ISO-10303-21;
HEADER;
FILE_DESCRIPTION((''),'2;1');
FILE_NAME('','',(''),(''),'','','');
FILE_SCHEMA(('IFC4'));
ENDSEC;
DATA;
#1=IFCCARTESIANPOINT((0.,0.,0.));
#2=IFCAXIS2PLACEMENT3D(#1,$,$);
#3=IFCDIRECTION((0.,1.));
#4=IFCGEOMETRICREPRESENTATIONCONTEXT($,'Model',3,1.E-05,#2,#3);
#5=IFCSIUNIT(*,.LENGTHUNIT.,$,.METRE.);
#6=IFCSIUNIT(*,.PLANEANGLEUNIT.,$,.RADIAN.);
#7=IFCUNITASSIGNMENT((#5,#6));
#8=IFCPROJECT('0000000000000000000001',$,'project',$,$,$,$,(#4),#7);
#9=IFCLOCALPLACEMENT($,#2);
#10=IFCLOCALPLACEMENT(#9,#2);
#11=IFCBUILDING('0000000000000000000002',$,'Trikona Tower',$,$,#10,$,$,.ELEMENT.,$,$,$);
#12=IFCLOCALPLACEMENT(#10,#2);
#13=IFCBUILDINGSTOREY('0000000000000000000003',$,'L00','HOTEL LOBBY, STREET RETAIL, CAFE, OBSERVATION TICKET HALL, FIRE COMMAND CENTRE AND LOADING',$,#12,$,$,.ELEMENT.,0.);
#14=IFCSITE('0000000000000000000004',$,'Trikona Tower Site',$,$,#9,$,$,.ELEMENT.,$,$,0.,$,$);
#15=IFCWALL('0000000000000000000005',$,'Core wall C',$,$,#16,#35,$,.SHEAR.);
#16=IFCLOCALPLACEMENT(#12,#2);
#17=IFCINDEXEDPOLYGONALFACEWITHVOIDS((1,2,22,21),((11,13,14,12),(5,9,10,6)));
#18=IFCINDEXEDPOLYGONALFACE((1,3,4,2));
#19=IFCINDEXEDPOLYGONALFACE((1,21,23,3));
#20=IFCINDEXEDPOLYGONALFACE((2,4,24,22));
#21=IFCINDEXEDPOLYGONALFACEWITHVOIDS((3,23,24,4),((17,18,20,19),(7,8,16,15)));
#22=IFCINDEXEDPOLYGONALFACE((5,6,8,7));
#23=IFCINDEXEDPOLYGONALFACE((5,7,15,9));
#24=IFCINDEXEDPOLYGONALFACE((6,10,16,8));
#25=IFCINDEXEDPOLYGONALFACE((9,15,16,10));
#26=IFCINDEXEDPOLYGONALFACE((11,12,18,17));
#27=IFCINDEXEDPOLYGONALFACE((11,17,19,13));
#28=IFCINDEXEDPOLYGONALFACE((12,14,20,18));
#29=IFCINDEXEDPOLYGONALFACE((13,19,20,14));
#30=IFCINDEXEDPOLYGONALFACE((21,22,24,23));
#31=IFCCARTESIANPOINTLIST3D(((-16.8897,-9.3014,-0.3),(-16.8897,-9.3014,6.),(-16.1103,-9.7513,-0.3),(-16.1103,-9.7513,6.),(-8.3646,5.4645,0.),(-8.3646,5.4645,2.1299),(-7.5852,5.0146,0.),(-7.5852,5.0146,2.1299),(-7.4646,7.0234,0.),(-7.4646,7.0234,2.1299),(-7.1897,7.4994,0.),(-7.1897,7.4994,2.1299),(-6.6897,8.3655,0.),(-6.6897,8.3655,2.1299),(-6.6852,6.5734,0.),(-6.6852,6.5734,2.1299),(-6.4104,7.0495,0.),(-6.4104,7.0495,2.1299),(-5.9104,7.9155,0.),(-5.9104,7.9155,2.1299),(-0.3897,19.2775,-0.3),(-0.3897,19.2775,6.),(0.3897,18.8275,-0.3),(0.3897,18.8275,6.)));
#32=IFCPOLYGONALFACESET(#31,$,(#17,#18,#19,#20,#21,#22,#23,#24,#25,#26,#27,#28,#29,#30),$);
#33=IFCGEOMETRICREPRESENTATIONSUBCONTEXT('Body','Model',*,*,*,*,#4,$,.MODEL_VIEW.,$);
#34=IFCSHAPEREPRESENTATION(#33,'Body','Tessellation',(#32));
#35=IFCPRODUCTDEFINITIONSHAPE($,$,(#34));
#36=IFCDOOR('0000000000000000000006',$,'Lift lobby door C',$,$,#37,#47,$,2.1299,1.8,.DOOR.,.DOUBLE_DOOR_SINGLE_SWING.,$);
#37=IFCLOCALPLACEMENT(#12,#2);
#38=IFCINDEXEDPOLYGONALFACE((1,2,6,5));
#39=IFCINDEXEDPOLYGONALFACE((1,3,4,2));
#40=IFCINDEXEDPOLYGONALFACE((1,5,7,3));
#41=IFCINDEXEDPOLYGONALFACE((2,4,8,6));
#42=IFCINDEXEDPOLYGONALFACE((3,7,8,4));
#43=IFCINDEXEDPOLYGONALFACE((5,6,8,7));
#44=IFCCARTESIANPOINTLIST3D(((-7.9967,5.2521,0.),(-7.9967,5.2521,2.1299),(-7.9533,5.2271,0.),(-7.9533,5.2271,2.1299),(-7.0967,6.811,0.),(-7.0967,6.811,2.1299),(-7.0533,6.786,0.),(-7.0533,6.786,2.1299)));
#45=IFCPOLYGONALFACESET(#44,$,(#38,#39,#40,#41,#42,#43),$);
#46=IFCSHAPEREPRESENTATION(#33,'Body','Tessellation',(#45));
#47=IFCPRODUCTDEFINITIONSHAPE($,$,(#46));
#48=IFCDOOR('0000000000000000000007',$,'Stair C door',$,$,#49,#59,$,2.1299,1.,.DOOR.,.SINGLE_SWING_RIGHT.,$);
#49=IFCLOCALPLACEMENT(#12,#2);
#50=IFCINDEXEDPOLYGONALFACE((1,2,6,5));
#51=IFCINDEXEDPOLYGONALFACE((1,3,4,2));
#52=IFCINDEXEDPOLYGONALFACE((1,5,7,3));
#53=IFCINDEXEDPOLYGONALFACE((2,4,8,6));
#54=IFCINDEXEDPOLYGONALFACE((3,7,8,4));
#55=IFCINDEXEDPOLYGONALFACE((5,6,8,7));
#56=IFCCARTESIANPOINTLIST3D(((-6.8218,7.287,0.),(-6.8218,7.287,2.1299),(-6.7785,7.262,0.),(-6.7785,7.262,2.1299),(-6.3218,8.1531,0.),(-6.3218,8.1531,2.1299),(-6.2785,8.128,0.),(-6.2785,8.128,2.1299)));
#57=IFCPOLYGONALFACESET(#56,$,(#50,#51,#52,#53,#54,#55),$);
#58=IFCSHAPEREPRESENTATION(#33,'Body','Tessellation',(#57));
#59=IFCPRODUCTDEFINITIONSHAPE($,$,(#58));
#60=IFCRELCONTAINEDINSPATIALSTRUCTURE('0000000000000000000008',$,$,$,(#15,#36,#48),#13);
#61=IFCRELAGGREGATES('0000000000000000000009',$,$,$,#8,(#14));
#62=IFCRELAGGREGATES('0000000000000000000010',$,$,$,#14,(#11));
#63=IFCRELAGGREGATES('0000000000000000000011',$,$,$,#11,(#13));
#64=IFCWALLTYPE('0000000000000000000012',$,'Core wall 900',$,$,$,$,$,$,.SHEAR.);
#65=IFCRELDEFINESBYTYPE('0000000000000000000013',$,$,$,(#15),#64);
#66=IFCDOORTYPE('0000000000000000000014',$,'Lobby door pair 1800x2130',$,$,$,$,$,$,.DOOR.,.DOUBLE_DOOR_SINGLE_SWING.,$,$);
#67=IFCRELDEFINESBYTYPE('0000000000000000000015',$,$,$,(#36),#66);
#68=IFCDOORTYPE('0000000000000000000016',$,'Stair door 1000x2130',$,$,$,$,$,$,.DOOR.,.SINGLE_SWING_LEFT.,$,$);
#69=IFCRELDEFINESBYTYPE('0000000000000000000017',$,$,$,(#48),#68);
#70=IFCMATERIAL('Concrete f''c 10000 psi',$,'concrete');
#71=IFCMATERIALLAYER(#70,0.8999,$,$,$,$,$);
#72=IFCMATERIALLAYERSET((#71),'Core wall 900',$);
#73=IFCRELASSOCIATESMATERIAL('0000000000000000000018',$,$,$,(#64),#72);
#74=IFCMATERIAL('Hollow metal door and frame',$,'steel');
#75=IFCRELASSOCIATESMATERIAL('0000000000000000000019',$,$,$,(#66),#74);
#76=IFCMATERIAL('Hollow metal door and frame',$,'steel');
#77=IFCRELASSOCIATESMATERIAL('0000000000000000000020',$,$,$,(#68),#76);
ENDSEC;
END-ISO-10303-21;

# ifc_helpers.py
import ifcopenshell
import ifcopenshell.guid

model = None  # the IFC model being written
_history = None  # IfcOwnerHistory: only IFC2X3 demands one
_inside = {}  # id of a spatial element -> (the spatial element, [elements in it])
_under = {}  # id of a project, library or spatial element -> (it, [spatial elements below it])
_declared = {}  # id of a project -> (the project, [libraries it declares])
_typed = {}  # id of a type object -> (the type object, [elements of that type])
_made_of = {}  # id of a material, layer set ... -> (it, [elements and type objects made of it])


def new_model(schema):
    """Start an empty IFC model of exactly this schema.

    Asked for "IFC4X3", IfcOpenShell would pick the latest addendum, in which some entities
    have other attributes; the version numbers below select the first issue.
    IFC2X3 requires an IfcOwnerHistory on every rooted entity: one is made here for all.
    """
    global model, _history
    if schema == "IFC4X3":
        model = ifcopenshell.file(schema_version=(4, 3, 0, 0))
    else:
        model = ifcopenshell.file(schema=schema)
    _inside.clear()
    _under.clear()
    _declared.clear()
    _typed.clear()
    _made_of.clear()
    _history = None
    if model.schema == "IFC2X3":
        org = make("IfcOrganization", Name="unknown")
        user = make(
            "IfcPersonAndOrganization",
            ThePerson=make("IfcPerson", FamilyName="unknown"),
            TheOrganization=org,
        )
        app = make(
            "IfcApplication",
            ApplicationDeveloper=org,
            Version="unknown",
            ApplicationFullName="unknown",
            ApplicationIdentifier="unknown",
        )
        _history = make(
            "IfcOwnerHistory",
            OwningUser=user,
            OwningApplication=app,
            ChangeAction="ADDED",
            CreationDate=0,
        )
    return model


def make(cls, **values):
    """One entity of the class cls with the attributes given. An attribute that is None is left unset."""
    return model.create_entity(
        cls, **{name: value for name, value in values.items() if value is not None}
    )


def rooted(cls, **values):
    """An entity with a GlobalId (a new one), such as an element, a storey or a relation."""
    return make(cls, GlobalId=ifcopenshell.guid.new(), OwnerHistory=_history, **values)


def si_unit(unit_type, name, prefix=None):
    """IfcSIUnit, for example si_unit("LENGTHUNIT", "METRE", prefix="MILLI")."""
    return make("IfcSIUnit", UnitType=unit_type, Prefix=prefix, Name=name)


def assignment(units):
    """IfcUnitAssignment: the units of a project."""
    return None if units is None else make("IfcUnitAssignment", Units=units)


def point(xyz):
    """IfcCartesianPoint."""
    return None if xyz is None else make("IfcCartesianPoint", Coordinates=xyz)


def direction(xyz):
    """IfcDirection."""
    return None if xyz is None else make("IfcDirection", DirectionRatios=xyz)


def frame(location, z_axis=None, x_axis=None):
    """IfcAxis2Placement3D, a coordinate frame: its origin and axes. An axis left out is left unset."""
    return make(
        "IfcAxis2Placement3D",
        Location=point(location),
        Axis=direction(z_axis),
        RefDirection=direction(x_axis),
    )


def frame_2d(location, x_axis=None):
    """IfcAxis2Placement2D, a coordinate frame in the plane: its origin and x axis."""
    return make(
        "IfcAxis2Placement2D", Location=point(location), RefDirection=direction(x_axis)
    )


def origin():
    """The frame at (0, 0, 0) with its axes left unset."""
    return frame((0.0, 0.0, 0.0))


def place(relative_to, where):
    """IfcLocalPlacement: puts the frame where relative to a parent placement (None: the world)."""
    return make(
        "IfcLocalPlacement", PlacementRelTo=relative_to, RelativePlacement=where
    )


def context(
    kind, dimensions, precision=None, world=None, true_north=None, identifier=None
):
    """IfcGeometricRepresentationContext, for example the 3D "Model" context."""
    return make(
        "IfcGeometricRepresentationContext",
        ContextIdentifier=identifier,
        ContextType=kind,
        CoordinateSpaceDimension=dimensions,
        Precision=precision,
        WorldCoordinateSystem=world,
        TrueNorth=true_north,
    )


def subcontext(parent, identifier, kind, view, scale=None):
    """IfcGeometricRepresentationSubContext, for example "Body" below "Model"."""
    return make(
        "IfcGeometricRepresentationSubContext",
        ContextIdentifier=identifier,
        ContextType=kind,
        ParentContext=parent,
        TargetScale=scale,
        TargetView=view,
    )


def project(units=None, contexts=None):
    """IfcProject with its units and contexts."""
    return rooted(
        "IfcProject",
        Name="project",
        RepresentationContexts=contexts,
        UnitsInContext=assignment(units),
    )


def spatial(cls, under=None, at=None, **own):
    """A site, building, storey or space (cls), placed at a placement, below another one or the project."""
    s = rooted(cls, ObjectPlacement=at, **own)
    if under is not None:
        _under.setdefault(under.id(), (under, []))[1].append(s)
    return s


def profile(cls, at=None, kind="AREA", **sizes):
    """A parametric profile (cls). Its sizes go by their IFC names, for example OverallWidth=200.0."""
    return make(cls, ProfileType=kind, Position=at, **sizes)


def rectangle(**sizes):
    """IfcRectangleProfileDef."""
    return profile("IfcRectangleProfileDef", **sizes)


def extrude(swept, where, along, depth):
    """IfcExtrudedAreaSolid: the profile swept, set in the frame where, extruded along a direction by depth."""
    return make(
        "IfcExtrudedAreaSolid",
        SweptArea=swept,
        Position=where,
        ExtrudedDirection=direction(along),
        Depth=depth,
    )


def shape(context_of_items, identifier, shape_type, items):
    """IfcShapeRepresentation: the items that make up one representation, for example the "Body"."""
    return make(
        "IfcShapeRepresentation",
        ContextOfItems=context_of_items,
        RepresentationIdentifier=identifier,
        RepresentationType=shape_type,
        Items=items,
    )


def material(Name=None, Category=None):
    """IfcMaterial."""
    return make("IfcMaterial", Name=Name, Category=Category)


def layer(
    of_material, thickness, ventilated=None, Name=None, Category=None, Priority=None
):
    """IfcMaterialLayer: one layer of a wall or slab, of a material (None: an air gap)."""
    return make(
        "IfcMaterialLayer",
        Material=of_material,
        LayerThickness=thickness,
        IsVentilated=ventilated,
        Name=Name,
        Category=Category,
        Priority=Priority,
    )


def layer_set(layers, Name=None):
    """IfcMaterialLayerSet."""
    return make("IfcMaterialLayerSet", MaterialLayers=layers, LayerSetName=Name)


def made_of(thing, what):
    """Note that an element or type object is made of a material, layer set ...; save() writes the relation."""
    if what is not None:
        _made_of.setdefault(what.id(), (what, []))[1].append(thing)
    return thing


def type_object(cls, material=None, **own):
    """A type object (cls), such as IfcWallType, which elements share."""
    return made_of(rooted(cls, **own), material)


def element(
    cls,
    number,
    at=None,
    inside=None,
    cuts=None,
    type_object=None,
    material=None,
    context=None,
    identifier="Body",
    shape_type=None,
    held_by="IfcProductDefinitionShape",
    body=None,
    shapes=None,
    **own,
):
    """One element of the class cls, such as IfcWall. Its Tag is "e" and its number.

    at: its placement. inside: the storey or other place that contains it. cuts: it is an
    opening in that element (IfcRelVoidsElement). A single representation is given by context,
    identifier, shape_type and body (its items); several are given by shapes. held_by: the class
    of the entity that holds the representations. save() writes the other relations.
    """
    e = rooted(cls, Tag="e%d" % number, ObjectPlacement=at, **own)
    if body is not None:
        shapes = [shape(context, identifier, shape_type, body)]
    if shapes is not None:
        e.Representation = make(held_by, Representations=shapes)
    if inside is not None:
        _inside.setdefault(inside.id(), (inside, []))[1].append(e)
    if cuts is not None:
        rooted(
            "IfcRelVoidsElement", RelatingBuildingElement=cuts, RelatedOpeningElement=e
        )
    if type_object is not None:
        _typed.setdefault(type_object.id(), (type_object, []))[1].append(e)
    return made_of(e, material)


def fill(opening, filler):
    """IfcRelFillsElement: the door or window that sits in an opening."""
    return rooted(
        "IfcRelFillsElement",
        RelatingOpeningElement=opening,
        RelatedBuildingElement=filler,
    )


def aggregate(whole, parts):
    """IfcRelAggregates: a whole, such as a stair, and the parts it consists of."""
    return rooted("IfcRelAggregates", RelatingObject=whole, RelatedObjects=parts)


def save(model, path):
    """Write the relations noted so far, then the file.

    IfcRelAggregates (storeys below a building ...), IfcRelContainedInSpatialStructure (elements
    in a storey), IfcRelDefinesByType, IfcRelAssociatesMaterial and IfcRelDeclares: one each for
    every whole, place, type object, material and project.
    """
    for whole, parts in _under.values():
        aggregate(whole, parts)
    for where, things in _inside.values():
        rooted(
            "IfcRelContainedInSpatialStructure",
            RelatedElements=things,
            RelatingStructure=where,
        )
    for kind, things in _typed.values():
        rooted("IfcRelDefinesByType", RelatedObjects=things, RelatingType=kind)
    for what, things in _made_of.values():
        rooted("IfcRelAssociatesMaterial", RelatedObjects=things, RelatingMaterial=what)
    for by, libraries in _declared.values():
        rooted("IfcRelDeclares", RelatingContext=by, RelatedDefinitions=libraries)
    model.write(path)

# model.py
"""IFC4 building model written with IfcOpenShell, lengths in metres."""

from ifc_helpers import new_model, si_unit, direction, frame, frame_2d, origin, place, context, subcontext, project, spatial, rectangle, extrude, material, layer, layer_set, type_object, element, fill, save


model = new_model("IFC4")

# Units and contexts
model_context = context("Model", 3, precision=1e-05, world=origin(), true_north=direction((0.0, 1.0)))
body_context = subcontext(model_context, "Body", "Model", "MODEL_VIEW")
ifc_project = project(units=[si_unit("LENGTHUNIT", "METRE"), si_unit("PLANEANGLEUNIT", "RADIAN")], contexts=[model_context])

# Site, building, storey
site_placement = place(None, origin())
site = spatial("IfcSite", under=ifc_project, at=site_placement, Name="Trikona Tower Site", CompositionType="ELEMENT", RefElevation=0.0)
building_placement = place(site_placement, origin())
building = spatial("IfcBuilding", under=site, at=building_placement, Name="Trikona Tower", CompositionType="ELEMENT")
storey_placement = place(building_placement, origin())
storey = spatial("IfcBuildingStorey", under=building, at=storey_placement, Name="L00", Description="HOTEL LOBBY, STREET RETAIL, CAFE, OBSERVATION TICKET HALL, FIRE COMMAND CENTRE AND LOADING", CompositionType="ELEMENT", Elevation=0.0)

# Wall, openings, doors
ifc_material_1 = material(Name="Concrete f'c 10000 psi", Category="concrete")
ifc_layer_1 = layer(ifc_material_1, 0.8999)
ifc_layer_set_1 = layer_set([ifc_layer_1], Name="Core wall 900")
wall_type_1 = type_object("IfcWallType", Name="Core wall 900", PredefinedType="SHEAR", material=ifc_layer_set_1)
wall_1_placement = place(storey_placement, frame((0.0, 19.0525, -0.3), z_axis=(0.0, 0.0, 1.0), x_axis=(-0.5, -0.866026, 0.0)))
wall_1 = element("IfcWall", 1, at=wall_1_placement, inside=storey, type_object=wall_type_1, Name="Core wall C", PredefinedType="SHEAR", context=body_context, shape_type="SweptSolid", body=[
    extrude(rectangle(XDim=33.0, YDim=0.8999, at=frame_2d((16.5, 0.0))), origin(), (0.0, 0.0, 1.0), 6.3),
])
opening_1_placement = place(wall_1_placement, frame((14.1499, 0.0, 0.3)))
opening_1 = element("IfcOpeningElement", 2, at=opening_1_placement, cuts=wall_1, PredefinedType="OPENING", context=body_context, shape_type="SweptSolid", body=[
    extrude(rectangle(XDim=1.8, YDim=2.1299, at=frame_2d((0.8999, 1.0649))), frame((0.0, 0.46, 0.0), z_axis=(0.0, -1.0, 0.0), x_axis=(1.0, 0.0, 0.0)), (0.0, 0.0, 1.0), 0.9199),
])
opening_2_placement = place(wall_1_placement, frame((12.6001, 0.0, 0.3)))
opening_2 = element("IfcOpeningElement", 3, at=opening_2_placement, cuts=wall_1, PredefinedType="OPENING", context=body_context, shape_type="SweptSolid", body=[
    extrude(rectangle(XDim=1.0, YDim=2.1299, at=frame_2d((0.5, 1.0649))), frame((0.0, 0.46, 0.0), z_axis=(0.0, -1.0, 0.0), x_axis=(1.0, 0.0, 0.0)), (0.0, 0.0, 1.0), 0.9199),
])
ifc_material_2 = material(Name="Hollow metal door and frame", Category="steel")
door_type_1 = type_object("IfcDoorType", Name="Lobby door pair 1800x2130", OperationType="DOUBLE_DOOR_SINGLE_SWING", PredefinedType="DOOR", material=ifc_material_2)
door_1_placement = place(opening_1_placement, origin())
door_1 = element("IfcDoor", 4, at=door_1_placement, inside=storey, type_object=door_type_1, Name="Lift lobby door C", OperationType="DOUBLE_DOOR_SINGLE_SWING", OverallHeight=2.1299, OverallWidth=1.8, PredefinedType="DOOR", context=body_context, shape_type="SweptSolid", body=[
    extrude(rectangle(XDim=1.8, YDim=2.1299, at=frame_2d((0.8999, 1.0649))), frame((0.0, 0.0249, 0.0), z_axis=(0.0, -1.0, 0.0), x_axis=(1.0, 0.0, 0.0)), (0.0, 0.0, 1.0), 0.05),
])
fill(opening_1, door_1)
ifc_material_3 = material(Name="Hollow metal door and frame", Category="steel")
door_type_2 = type_object("IfcDoorType", Name="Stair door 1000x2130", OperationType="SINGLE_SWING_LEFT", PredefinedType="DOOR", material=ifc_material_3)
door_2_placement = place(opening_2_placement, origin())
door_2 = element("IfcDoor", 5, at=door_2_placement, inside=storey, type_object=door_type_2, Name="Stair C door", OperationType="SINGLE_SWING_RIGHT", OverallHeight=2.1299, OverallWidth=1.0, PredefinedType="DOOR", context=body_context, shape_type="SweptSolid", body=[
    extrude(rectangle(XDim=1.0, YDim=2.1299, at=frame_2d((0.5, 1.0649))), frame((0.0, 0.0249, 0.0), z_axis=(0.0, -1.0, 0.0), x_axis=(1.0, 0.0, 0.0)), (0.0, 0.0, 1.0), 0.05),
])
fill(opening_2, door_2)

save(model, "model.ifc")
